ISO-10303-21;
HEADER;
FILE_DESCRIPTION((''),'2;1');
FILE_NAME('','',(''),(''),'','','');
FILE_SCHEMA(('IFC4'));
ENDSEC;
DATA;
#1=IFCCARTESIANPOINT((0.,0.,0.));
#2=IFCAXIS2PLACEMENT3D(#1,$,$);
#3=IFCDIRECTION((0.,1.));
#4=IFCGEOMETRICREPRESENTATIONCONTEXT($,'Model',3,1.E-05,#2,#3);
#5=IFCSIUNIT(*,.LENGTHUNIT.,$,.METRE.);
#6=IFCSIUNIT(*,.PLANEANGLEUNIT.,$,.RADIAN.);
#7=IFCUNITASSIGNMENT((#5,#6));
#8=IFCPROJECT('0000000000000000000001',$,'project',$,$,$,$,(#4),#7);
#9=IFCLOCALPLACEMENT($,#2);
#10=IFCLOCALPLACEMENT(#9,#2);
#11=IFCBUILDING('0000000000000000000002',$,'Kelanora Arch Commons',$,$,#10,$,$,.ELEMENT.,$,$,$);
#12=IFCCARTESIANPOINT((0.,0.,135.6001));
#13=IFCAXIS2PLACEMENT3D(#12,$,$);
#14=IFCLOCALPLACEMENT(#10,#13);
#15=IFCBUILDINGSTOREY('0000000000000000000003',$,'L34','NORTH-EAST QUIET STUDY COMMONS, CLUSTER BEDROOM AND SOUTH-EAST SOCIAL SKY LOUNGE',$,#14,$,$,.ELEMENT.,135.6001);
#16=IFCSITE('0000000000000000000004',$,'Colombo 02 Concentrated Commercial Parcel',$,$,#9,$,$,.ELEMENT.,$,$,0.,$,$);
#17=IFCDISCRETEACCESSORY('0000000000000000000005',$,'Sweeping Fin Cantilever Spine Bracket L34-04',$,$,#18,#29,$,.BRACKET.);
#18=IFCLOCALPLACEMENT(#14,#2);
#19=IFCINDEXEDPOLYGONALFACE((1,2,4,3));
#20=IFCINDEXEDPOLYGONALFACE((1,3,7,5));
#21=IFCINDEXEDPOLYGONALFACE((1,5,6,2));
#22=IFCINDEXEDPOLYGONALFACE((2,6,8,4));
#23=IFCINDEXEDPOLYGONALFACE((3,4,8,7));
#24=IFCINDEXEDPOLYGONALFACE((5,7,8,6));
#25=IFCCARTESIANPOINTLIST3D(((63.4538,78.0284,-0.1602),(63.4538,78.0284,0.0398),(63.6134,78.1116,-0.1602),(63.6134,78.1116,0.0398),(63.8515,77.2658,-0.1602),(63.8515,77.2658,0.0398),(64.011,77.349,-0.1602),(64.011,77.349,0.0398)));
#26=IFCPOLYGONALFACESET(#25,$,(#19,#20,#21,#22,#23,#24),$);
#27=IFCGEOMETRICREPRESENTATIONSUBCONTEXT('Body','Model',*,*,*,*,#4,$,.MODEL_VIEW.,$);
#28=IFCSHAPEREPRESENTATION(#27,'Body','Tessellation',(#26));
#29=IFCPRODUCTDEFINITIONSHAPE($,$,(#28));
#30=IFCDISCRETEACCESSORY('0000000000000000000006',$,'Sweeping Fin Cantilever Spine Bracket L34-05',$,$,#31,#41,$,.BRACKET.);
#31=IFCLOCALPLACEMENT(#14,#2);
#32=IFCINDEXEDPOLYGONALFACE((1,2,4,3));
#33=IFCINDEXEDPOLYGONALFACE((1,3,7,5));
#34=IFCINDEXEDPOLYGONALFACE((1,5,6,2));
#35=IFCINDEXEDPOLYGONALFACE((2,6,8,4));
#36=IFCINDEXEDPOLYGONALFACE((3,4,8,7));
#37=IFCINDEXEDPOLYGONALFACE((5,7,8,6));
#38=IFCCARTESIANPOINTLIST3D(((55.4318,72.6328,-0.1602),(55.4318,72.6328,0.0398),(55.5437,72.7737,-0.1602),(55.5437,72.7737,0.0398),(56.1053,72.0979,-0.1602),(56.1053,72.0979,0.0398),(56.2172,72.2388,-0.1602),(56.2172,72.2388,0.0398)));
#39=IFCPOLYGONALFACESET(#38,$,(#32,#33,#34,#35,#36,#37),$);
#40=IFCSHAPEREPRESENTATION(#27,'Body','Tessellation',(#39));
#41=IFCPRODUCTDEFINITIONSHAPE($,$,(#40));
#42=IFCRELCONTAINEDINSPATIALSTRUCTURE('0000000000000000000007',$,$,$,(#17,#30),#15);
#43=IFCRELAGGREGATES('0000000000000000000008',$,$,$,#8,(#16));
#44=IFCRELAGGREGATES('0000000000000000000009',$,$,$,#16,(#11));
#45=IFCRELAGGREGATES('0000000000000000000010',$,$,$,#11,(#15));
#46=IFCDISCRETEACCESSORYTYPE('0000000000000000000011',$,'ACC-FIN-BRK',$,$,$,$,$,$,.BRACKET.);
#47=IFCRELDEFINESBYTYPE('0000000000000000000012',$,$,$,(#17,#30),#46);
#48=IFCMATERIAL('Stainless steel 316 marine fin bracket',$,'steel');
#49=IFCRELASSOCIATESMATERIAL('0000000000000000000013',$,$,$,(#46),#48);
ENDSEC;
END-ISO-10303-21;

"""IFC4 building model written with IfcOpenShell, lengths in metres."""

from ifc_helpers import new_model, si_unit, direction, frame, origin, origin_2d, place, context, subcontext, project, spatial, rectangle, extrude, source, transform, mapped, material, type_object, element, save


model = new_model("IFC4")

# Units and contexts
model_context = context("Model", 3, precision=1e-05, world=origin(), true_north=direction((0.0, 1.0)))
body_context = subcontext(model_context, "Body", "Model", "MODEL_VIEW")
ifc_project = project(units=[si_unit("LENGTHUNIT", "METRE"), si_unit("PLANEANGLEUNIT", "RADIAN")], contexts=[model_context])

# Site, building, storey
site_placement = place(None, origin())
site = spatial("IfcSite", under=ifc_project, at=site_placement, Name="Colombo 02 Concentrated Commercial Parcel", CompositionType="ELEMENT", RefElevation=0.0)
building_placement = place(site_placement, origin())
building = spatial("IfcBuilding", under=site, at=building_placement, Name="Kelanora Arch Commons", CompositionType="ELEMENT")
storey_placement = place(building_placement, frame((0.0, 0.0, 135.6001)))
storey = spatial("IfcBuildingStorey", under=building, at=storey_placement, Name="L34", Description="NORTH-EAST QUIET STUDY COMMONS, CLUSTER BEDROOM AND SOUTH-EAST SOCIAL SKY LOUNGE", CompositionType="ELEMENT", Elevation=135.6001)

# Discrete accessories
ifc_material_1 = material(Name="Stainless steel 316 marine fin bracket", Category="steel")
discrete_accessory_type = type_object("IfcDiscreteAccessoryType", Name="ACC-FIN-BRK", PredefinedType="BRACKET", material=ifc_material_1)
shared_shape_1 = source(origin(), body_context, "Body", "SweptSolid", [
    extrude(rectangle(XDim=0.8601, YDim=0.1799, at=origin_2d()), origin(), (0.0, 0.0, 1.0), 0.2),
])
for number, where, z_axis, x_axis, name in (
    (1, (63.7324, 77.6887, -0.1602), (0.0, 0.0, 1.0), (-0.462368, 0.886688, 0.0), "Sweeping Fin Cantilever Spine Bracket L34-04"),
    (2, (55.8245, 72.4358, -0.1602), (0.0, 0.0, 1.0), (-0.783043, 0.621968, 0.0), "Sweeping Fin Cantilever Spine Bracket L34-05"),
):
    element("IfcDiscreteAccessory", number, at=place(storey_placement, frame(where, z_axis=z_axis, x_axis=x_axis)), inside=storey, type_object=discrete_accessory_type, Name=name, PredefinedType="BRACKET", context=body_context, shape_type="MappedRepresentation", body=[
        mapped(shared_shape_1, transform((0.0, 0.0, 0.0), scale=1.0)),
    ])

save(model, "model.ifc")
